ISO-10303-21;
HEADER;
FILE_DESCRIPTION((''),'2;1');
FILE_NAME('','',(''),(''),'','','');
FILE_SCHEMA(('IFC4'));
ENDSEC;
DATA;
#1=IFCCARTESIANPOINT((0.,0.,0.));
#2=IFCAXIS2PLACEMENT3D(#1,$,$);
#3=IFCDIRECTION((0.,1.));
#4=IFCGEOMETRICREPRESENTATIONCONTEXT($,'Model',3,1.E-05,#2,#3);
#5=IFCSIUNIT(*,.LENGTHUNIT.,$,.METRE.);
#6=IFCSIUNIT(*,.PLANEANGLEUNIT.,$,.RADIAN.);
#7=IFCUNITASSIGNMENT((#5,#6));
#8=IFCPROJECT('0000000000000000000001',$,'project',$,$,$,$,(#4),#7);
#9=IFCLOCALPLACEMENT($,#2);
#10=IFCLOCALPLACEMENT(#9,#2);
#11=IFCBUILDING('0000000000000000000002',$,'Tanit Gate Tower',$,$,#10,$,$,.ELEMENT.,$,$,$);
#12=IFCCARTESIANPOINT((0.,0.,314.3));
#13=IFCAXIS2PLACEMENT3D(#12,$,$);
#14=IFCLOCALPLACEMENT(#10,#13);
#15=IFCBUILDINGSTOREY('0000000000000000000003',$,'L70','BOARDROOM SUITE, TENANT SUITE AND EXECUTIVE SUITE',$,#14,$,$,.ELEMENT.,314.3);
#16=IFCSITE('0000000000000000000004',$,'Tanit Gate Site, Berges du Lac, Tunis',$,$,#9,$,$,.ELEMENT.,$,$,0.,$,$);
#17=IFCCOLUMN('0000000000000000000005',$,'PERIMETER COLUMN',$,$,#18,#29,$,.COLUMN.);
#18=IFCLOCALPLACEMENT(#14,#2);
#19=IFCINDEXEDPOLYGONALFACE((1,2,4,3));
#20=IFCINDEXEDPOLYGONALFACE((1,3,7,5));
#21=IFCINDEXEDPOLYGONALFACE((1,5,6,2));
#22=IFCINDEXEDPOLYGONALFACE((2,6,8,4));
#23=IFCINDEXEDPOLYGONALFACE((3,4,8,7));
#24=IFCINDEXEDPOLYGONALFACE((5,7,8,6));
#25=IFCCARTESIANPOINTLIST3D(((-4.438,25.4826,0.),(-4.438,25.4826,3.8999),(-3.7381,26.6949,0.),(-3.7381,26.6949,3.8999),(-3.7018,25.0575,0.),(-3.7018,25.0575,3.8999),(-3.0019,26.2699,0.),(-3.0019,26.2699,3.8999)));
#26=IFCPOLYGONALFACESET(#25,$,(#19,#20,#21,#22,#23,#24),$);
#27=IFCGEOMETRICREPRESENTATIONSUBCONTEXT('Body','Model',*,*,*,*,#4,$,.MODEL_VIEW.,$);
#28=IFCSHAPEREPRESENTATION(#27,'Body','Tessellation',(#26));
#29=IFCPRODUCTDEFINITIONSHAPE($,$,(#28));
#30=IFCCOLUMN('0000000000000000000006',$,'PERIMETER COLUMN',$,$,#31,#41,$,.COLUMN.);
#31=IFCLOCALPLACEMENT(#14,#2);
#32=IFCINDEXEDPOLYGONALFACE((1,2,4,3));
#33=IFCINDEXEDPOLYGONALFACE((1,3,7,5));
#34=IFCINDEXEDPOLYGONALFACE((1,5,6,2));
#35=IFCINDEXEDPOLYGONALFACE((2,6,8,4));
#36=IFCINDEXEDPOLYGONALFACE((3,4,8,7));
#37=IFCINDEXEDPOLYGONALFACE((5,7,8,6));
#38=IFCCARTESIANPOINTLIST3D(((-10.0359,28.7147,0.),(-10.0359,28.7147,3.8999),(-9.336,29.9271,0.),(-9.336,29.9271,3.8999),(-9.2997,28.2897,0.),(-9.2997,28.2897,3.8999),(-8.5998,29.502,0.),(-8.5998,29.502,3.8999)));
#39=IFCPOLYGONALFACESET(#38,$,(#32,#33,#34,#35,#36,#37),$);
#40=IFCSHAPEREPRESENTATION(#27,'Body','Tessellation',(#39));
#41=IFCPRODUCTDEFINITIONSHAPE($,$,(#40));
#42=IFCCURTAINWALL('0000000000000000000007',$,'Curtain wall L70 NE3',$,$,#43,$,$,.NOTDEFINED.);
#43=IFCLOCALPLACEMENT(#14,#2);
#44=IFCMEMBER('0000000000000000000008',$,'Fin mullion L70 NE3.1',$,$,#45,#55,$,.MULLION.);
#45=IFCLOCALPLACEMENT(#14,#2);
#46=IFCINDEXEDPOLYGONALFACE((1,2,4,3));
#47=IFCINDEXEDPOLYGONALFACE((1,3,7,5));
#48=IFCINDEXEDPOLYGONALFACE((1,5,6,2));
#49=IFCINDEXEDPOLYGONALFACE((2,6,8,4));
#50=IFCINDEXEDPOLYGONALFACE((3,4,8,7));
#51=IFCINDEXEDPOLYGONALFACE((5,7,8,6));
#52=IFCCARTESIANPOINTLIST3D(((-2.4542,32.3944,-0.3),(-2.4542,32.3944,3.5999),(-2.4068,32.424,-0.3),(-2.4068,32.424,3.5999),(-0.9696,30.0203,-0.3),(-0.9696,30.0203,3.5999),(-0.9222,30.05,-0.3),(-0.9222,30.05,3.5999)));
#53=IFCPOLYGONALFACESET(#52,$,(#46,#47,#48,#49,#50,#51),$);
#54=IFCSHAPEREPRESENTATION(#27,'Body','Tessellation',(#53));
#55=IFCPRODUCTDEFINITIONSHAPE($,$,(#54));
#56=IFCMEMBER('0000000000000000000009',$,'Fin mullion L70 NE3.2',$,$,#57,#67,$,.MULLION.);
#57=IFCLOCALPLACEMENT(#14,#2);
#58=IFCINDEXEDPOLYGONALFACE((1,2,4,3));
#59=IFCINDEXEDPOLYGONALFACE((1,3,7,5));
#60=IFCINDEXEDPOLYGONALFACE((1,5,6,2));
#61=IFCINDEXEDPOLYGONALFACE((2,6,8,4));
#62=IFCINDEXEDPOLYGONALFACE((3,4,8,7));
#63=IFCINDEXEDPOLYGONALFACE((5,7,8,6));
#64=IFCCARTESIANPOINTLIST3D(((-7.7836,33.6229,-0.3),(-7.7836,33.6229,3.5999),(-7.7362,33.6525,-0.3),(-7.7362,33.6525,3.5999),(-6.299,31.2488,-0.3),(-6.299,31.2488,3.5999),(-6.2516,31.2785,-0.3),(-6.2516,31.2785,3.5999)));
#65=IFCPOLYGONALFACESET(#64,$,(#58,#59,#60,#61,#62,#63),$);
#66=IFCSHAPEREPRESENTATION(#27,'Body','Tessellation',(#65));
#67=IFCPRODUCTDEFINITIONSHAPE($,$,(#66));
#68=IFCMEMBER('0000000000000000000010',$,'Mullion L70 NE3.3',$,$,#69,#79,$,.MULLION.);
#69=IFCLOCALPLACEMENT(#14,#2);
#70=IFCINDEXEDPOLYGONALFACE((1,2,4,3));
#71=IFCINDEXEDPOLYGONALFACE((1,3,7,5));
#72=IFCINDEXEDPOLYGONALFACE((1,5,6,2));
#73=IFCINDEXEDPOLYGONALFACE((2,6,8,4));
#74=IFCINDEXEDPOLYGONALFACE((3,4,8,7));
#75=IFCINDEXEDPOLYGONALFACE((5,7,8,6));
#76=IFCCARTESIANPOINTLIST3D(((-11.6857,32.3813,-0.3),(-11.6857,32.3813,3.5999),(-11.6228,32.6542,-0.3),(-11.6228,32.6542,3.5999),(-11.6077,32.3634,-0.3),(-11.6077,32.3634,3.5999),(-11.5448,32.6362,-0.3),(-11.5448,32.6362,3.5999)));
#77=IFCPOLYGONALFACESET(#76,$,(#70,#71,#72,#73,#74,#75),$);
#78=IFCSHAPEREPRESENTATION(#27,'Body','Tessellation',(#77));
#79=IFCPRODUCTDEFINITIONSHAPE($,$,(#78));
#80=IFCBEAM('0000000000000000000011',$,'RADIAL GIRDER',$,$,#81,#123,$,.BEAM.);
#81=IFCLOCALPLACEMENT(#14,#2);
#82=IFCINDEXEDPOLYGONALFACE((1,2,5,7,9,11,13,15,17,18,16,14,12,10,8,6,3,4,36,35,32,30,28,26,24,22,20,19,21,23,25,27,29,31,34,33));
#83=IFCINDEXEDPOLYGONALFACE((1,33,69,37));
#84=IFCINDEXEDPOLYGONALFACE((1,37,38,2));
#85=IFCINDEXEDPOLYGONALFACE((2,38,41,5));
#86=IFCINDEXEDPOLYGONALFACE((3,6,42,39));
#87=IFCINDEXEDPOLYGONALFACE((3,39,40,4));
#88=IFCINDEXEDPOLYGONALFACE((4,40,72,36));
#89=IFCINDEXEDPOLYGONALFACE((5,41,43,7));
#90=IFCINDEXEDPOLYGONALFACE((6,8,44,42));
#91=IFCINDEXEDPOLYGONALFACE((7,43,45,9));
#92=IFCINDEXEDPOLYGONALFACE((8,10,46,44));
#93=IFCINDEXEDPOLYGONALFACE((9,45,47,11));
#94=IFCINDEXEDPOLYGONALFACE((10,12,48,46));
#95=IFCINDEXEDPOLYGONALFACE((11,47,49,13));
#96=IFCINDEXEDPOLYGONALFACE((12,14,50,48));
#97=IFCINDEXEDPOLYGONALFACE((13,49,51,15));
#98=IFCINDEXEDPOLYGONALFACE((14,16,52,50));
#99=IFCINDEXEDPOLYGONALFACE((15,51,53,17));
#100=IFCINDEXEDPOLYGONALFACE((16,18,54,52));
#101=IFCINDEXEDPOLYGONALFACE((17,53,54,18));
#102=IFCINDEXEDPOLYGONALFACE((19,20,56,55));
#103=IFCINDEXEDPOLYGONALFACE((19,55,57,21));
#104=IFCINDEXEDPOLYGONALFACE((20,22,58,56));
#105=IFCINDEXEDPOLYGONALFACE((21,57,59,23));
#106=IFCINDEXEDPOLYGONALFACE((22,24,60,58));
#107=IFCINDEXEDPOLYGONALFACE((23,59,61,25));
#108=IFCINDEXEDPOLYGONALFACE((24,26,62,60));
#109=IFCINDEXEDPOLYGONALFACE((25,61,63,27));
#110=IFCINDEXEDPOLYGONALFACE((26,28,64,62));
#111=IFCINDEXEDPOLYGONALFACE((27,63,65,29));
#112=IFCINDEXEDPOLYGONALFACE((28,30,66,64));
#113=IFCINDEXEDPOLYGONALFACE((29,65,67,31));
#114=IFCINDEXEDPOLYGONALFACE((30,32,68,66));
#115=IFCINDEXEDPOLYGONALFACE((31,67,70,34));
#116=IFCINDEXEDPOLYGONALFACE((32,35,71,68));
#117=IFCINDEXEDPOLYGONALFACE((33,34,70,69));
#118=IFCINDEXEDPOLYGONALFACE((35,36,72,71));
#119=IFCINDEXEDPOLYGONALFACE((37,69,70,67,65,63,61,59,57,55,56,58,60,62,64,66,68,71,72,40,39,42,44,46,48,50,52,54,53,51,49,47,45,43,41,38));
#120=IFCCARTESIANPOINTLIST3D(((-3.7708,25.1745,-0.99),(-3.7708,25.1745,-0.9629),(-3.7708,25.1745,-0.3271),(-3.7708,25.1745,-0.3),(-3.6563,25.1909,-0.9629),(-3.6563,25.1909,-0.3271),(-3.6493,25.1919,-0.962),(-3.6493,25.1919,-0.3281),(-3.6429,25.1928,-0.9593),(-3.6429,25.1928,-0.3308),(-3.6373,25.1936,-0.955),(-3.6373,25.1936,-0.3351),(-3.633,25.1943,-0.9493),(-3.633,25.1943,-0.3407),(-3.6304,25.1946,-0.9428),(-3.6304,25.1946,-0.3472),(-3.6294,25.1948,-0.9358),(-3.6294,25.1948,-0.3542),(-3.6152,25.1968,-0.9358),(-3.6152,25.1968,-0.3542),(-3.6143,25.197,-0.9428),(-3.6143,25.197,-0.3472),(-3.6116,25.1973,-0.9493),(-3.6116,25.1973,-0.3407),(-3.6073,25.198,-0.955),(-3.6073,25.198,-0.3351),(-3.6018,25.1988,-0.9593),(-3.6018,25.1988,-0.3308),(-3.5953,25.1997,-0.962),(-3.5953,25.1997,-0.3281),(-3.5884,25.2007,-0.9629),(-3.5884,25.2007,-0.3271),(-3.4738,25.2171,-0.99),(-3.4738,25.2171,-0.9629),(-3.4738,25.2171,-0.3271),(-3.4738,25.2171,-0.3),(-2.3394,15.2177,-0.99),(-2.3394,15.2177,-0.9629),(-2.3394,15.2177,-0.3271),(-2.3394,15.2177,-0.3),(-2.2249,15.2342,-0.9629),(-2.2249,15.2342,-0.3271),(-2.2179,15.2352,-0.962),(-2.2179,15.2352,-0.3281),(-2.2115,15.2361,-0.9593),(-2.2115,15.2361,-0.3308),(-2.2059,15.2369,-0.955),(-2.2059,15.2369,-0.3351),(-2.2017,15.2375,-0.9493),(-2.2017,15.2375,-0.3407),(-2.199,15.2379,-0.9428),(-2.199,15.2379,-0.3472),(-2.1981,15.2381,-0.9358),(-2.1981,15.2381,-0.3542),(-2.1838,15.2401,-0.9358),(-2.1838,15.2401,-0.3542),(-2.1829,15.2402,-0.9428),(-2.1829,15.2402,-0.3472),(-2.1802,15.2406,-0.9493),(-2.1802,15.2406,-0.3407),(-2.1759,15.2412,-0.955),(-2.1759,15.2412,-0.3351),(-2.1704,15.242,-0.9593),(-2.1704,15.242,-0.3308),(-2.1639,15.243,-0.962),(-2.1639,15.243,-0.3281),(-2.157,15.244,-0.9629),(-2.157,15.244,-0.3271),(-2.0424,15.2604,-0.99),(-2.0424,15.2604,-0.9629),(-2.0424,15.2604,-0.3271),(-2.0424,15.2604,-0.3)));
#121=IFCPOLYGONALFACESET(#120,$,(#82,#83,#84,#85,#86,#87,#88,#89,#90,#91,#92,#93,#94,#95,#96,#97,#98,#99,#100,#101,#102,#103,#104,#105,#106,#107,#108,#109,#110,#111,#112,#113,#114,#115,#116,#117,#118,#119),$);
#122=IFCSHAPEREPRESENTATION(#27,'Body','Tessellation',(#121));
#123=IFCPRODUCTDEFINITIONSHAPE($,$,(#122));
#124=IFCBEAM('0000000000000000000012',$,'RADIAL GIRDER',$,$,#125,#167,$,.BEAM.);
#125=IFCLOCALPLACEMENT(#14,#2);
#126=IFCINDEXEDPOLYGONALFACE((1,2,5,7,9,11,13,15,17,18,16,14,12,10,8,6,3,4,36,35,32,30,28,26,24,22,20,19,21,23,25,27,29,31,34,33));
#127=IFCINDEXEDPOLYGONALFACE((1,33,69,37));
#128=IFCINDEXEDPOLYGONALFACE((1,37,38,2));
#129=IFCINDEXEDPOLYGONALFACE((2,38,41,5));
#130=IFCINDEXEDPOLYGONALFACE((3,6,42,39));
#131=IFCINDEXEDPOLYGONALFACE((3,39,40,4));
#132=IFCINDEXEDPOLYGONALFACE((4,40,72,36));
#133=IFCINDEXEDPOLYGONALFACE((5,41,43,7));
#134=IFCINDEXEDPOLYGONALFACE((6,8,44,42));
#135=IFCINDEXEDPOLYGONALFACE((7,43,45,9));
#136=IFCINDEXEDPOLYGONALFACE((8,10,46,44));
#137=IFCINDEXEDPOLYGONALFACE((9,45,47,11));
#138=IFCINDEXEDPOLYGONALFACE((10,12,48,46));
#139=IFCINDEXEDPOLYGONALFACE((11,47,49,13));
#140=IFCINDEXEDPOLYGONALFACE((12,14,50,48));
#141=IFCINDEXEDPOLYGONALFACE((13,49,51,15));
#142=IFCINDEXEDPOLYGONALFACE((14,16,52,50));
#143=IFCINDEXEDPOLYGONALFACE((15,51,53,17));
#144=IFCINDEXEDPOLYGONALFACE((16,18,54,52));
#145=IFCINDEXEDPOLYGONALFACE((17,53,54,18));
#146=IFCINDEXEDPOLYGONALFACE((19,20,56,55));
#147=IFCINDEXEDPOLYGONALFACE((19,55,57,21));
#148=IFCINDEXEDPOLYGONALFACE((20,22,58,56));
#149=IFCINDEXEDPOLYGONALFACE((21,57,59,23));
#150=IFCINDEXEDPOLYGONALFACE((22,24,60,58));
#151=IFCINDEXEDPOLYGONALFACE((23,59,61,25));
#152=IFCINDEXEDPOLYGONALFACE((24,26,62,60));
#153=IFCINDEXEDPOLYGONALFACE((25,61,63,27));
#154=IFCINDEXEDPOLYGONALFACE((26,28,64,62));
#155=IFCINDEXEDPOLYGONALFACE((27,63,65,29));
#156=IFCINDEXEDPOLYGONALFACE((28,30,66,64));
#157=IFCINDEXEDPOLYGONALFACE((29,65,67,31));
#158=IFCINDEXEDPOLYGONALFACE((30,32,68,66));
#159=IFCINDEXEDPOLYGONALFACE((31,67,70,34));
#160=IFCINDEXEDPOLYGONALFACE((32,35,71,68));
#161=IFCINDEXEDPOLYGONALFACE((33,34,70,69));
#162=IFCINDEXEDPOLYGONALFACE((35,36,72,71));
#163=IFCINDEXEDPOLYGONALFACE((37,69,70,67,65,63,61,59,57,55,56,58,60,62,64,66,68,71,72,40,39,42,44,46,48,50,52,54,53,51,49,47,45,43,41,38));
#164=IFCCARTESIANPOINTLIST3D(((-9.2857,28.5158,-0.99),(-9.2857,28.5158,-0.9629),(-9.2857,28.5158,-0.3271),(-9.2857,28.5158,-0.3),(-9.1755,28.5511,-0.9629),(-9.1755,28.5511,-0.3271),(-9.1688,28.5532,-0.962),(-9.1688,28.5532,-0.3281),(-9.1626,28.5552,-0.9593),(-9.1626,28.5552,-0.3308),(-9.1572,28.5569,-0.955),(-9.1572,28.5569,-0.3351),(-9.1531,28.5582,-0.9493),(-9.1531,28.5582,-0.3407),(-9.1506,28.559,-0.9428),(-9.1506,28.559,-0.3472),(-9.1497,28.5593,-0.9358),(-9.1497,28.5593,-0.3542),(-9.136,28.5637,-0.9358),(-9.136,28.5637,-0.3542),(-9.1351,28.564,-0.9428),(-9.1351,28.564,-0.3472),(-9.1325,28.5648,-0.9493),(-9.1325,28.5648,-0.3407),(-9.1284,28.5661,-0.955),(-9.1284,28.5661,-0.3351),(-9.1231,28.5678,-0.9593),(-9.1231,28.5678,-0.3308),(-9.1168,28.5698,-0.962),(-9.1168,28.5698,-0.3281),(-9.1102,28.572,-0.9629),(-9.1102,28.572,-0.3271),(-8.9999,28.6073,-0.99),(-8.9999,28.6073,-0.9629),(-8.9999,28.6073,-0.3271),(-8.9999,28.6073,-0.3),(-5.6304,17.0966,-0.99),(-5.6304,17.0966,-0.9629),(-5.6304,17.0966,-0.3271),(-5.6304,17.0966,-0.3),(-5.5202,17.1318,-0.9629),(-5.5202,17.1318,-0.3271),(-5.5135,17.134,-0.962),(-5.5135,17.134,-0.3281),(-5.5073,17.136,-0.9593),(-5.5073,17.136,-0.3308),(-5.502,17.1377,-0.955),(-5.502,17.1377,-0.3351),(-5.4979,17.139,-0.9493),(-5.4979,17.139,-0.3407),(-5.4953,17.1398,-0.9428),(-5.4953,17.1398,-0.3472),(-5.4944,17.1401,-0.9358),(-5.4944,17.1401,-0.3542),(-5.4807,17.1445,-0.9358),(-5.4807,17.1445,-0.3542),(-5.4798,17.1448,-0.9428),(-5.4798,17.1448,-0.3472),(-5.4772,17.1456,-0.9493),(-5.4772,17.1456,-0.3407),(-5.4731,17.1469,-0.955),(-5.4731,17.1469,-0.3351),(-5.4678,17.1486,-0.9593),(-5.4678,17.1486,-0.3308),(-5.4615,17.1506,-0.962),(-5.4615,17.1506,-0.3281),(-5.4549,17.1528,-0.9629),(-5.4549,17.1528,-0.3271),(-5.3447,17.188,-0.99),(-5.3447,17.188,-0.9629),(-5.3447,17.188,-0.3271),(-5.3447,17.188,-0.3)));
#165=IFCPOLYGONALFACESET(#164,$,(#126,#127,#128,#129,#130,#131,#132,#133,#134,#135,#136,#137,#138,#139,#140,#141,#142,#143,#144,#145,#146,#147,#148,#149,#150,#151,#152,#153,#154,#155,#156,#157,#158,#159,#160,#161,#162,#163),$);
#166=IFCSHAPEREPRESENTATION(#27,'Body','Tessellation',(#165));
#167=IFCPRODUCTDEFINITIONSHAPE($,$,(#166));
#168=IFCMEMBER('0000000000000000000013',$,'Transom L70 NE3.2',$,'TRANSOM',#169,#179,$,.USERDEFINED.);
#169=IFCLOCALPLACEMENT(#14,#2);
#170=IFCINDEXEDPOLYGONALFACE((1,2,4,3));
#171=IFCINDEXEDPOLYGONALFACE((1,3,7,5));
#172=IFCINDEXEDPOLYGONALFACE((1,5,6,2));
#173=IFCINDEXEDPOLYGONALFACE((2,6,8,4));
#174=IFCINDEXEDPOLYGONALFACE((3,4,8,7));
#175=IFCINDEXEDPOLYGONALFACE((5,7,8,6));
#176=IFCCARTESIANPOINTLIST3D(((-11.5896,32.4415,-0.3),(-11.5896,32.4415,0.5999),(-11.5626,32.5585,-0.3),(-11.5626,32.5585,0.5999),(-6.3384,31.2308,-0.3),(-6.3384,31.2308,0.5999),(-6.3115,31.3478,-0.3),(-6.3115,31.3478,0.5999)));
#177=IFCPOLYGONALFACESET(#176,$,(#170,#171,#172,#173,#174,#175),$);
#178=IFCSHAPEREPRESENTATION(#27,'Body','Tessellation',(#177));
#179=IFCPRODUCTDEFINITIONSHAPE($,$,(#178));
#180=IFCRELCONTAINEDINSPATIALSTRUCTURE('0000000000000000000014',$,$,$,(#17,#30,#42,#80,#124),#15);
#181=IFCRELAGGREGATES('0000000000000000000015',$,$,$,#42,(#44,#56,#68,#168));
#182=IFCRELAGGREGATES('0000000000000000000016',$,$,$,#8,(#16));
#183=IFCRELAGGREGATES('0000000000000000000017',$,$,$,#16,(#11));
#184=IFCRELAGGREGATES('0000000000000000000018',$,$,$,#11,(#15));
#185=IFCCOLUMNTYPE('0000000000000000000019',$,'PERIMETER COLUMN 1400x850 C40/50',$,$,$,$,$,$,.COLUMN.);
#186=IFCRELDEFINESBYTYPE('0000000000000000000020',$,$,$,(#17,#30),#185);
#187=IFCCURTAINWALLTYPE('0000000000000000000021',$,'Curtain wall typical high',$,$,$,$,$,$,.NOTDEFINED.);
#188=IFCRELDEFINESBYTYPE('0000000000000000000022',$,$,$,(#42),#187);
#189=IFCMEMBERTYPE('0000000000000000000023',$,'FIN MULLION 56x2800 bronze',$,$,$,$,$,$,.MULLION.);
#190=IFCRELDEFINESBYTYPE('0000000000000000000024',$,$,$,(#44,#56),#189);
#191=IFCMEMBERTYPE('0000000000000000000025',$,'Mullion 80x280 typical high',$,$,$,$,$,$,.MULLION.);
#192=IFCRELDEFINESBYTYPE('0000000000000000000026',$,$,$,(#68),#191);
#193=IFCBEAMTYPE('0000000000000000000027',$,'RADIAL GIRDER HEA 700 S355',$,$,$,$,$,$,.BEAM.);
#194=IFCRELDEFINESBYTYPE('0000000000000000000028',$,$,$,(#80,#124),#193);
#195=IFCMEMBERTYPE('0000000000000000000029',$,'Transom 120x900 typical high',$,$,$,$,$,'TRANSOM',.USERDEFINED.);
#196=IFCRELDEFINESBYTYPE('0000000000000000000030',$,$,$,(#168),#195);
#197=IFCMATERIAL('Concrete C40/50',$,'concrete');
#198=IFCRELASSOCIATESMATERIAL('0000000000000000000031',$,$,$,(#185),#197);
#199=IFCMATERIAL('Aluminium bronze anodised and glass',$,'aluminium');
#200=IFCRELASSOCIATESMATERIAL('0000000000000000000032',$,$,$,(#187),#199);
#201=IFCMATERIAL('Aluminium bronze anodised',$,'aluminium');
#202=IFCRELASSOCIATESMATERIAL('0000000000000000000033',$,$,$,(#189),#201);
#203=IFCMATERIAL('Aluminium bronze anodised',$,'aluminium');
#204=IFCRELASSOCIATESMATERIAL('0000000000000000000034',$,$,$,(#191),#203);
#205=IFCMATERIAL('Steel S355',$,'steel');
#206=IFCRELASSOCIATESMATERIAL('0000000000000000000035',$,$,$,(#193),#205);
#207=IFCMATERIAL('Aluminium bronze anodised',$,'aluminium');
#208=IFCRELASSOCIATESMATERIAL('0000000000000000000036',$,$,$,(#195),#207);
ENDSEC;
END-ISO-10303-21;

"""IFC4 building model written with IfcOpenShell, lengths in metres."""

from ifc_helpers import new_model, si_unit, direction, frame, origin, origin_2d, place, context, subcontext, project, spatial, rectangle, i_section, extrude, material, material_profile, profile_set, type_object, element, aggregate, save


model = new_model("IFC4")

# Units and contexts
model_context = context("Model", 3, precision=1e-05, world=origin(), true_north=direction((0.0, 1.0)))
body_context = subcontext(model_context, "Body", "Model", "MODEL_VIEW")
ifc_project = project(units=[si_unit("LENGTHUNIT", "METRE"), si_unit("PLANEANGLEUNIT", "RADIAN")], contexts=[model_context])

# Site, building, storey
site_placement = place(None, origin())
site = spatial("IfcSite", under=ifc_project, at=site_placement, Name="Tanit Gate Site, Berges du Lac, Tunis", CompositionType="ELEMENT", RefElevation=0.0)
building_placement = place(site_placement, origin())
building = spatial("IfcBuilding", under=site, at=building_placement, Name="Tanit Gate Tower", CompositionType="ELEMENT")
storey_placement = place(building_placement, frame((0.0, 0.0, 314.3)))
storey = spatial("IfcBuildingStorey", under=building, at=storey_placement, Name="L70", Description="BOARDROOM SUITE, TENANT SUITE AND EXECUTIVE SUITE", CompositionType="ELEMENT", Elevation=314.3)

# Columns
ifc_material_1 = material(Name="Concrete C40/50", Category="concrete")
ifc_material_profile_1 = material_profile(ifc_material_1, rectangle(XDim=1.3999, YDim=0.8501, at=origin_2d()), Name="RC 1400x850")
ifc_profile_set_1 = profile_set([ifc_material_profile_1], Name="Concrete C40/50")
column_type = type_object("IfcColumnType", Name="PERIMETER COLUMN 1400x850 C40/50", PredefinedType="COLUMN", material=ifc_profile_set_1)
for number, where, z_axis, x_axis, name in (
    (1, (-3.72, 25.8762, 0.0), (0.0, 0.0, 1.0), (0.5, 0.866025, 0.0), "PERIMETER COLUMN"),
    (2, (-9.3179, 29.1084, 0.0), (0.0, 0.0, 1.0), (0.5, 0.866025, 0.0), "PERIMETER COLUMN"),
):
    element("IfcColumn", number, at=place(storey_placement, frame(where, z_axis=z_axis, x_axis=x_axis)), inside=storey, type_object=column_type, Name=name, PredefinedType="COLUMN", context=body_context, shape_type="SweptSolid", body=[
        extrude(rectangle(XDim=1.3999, YDim=0.8501, at=origin_2d()), origin(), (0.0, 0.0, 1.0), 3.8999),
    ])

# Curtain wall, members
ifc_material_2 = material(Name="Aluminium bronze anodised and glass", Category="aluminium")
curtain_wall_type = type_object("IfcCurtainWallType", Name="Curtain wall typical high", PredefinedType="NOTDEFINED", material=ifc_material_2)
curtain_wall_placement = place(storey_placement, origin())
curtain_wall = element("IfcCurtainWall", 3, at=curtain_wall_placement, inside=storey, type_object=curtain_wall_type, Name="Curtain wall L70 NE3", PredefinedType="NOTDEFINED")
ifc_material_3 = material(Name="Aluminium bronze anodised", Category="aluminium")
ifc_material_profile_2 = material_profile(ifc_material_3, rectangle(XDim=2.8, YDim=0.0559, at=origin_2d()), Name="56x2800 bronze fin mullion")
ifc_profile_set_2 = profile_set([ifc_material_profile_2], Name="Aluminium bronze anodised")
member_type_1 = type_object("IfcMemberType", Name="FIN MULLION 56x2800 bronze", PredefinedType="MULLION", material=ifc_profile_set_2)
member_1_placement = place(storey_placement, frame((-1.6882, 31.2222, -0.3), z_axis=(0.0, 0.0, 1.0), x_axis=(0.53021, -0.847867, 0.0)))
member_1 = element("IfcMember", 4, at=member_1_placement, type_object=member_type_1, Name="Fin mullion L70 NE3.1", PredefinedType="MULLION", context=body_context, shape_type="SweptSolid", body=[
    extrude(rectangle(XDim=2.8, YDim=0.0559, at=origin_2d()), origin(), (0.0, 0.0, 1.0), 3.8999),
])
member_2_placement = place(storey_placement, frame((-7.0176, 32.4507, -0.3), z_axis=(0.0, 0.0, 1.0), x_axis=(0.53021, -0.847867, 0.0)))
member_2 = element("IfcMember", 5, at=member_2_placement, type_object=member_type_1, Name="Fin mullion L70 NE3.2", PredefinedType="MULLION", context=body_context, shape_type="SweptSolid", body=[
    extrude(rectangle(XDim=2.8, YDim=0.0559, at=origin_2d()), origin(), (0.0, 0.0, 1.0), 3.8999),
])
ifc_material_4 = material(Name="Aluminium bronze anodised", Category="aluminium")
ifc_material_profile_3 = material_profile(ifc_material_4, rectangle(XDim=0.28, YDim=0.0801, at=origin_2d()), Name="80x280 bronze mullion")
ifc_profile_set_3 = profile_set([ifc_material_profile_3], Name="Aluminium bronze anodised")
member_type_2 = type_object("IfcMemberType", Name="Mullion 80x280 typical high", PredefinedType="MULLION", material=ifc_profile_set_3)
member_3_placement = place(storey_placement, frame((-11.6152, 32.5088, -0.3), z_axis=(0.0, 0.0, 1.0), x_axis=(-0.224617, -0.974447, 0.0)))
member_3 = element("IfcMember", 6, at=member_3_placement, type_object=member_type_2, Name="Mullion L70 NE3.3", PredefinedType="MULLION", context=body_context, shape_type="SweptSolid", body=[
    extrude(rectangle(XDim=0.28, YDim=0.0801, at=origin_2d()), origin(), (0.0, 0.0, 1.0), 3.8999),
])

# Beams
ifc_material_5 = material(Name="Steel S355", Category="steel")
ifc_material_profile_4 = material_profile(ifc_material_5, i_section(OverallWidth=0.3, OverallDepth=0.6899, WebThickness=0.0144, FlangeThickness=0.0271, FilletRadius=0.0271, at=origin_2d()), Name="HEA 700")
ifc_profile_set_4 = profile_set([ifc_material_profile_4], Name="Steel S355")
beam_type = type_object("IfcBeamType", Name="RADIAL GIRDER HEA 700 S355", PredefinedType="BEAM", material=ifc_profile_set_4)
beam_1_placement = place(storey_placement, frame((-3.6223, 25.1958, -0.645), z_axis=(0.142298, -0.989824, 0.0), x_axis=(0.989824, 0.142298, 0.0)))
element("IfcBeam", 7, at=beam_1_placement, inside=storey, type_object=beam_type, Name="RADIAL GIRDER", PredefinedType="BEAM", context=body_context, shape_type="SweptSolid", body=[
    extrude(i_section(OverallWidth=0.3, OverallDepth=0.6899, WebThickness=0.0144, FlangeThickness=0.0271, FilletRadius=0.0271, at=origin_2d()), origin(), (0.0, 0.0, 1.0), 10.0591),
])
beam_2_placement = place(storey_placement, frame((-9.1428, 28.5615, -0.645), z_axis=(0.304861, -0.952397, 0.0), x_axis=(0.952397, 0.304861, 0.0)))
element("IfcBeam", 8, at=beam_2_placement, inside=storey, type_object=beam_type, Name="RADIAL GIRDER", PredefinedType="BEAM", context=body_context, shape_type="SweptSolid", body=[
    extrude(i_section(OverallWidth=0.3, OverallDepth=0.6899, WebThickness=0.0144, FlangeThickness=0.0271, FilletRadius=0.0271, at=origin_2d()), origin(), (0.0, 0.0, 1.0), 11.99),
])

# Member
ifc_material_6 = material(Name="Aluminium bronze anodised", Category="aluminium")
ifc_material_profile_5 = material_profile(ifc_material_6, rectangle(XDim=0.1201, YDim=0.8999, at=origin_2d()), Name="120x900 bronze transom")
ifc_profile_set_5 = profile_set([ifc_material_profile_5], Name="Aluminium bronze anodised")
member_type_3 = type_object("IfcMemberType", Name="Transom 120x900 typical high", ElementType="TRANSOM", PredefinedType="USERDEFINED", material=ifc_profile_set_5)
member_4_placement = place(storey_placement, frame((-6.325, 31.2893, 0.1499), z_axis=(-0.974437, 0.224661, 0.0), x_axis=(-0.224661, -0.974437, 0.0)))
member_4 = element("IfcMember", 9, at=member_4_placement, type_object=member_type_3, Name="Transom L70 NE3.2", ObjectType="TRANSOM", PredefinedType="USERDEFINED", context=body_context, shape_type="SweptSolid", body=[
    extrude(rectangle(XDim=0.1201, YDim=0.8999, at=origin_2d()), origin(), (0.0, 0.0, 1.0), 5.3889),
])

aggregate(curtain_wall, [member_1, member_2, member_3, member_4])

save(model, "model.ifc")
